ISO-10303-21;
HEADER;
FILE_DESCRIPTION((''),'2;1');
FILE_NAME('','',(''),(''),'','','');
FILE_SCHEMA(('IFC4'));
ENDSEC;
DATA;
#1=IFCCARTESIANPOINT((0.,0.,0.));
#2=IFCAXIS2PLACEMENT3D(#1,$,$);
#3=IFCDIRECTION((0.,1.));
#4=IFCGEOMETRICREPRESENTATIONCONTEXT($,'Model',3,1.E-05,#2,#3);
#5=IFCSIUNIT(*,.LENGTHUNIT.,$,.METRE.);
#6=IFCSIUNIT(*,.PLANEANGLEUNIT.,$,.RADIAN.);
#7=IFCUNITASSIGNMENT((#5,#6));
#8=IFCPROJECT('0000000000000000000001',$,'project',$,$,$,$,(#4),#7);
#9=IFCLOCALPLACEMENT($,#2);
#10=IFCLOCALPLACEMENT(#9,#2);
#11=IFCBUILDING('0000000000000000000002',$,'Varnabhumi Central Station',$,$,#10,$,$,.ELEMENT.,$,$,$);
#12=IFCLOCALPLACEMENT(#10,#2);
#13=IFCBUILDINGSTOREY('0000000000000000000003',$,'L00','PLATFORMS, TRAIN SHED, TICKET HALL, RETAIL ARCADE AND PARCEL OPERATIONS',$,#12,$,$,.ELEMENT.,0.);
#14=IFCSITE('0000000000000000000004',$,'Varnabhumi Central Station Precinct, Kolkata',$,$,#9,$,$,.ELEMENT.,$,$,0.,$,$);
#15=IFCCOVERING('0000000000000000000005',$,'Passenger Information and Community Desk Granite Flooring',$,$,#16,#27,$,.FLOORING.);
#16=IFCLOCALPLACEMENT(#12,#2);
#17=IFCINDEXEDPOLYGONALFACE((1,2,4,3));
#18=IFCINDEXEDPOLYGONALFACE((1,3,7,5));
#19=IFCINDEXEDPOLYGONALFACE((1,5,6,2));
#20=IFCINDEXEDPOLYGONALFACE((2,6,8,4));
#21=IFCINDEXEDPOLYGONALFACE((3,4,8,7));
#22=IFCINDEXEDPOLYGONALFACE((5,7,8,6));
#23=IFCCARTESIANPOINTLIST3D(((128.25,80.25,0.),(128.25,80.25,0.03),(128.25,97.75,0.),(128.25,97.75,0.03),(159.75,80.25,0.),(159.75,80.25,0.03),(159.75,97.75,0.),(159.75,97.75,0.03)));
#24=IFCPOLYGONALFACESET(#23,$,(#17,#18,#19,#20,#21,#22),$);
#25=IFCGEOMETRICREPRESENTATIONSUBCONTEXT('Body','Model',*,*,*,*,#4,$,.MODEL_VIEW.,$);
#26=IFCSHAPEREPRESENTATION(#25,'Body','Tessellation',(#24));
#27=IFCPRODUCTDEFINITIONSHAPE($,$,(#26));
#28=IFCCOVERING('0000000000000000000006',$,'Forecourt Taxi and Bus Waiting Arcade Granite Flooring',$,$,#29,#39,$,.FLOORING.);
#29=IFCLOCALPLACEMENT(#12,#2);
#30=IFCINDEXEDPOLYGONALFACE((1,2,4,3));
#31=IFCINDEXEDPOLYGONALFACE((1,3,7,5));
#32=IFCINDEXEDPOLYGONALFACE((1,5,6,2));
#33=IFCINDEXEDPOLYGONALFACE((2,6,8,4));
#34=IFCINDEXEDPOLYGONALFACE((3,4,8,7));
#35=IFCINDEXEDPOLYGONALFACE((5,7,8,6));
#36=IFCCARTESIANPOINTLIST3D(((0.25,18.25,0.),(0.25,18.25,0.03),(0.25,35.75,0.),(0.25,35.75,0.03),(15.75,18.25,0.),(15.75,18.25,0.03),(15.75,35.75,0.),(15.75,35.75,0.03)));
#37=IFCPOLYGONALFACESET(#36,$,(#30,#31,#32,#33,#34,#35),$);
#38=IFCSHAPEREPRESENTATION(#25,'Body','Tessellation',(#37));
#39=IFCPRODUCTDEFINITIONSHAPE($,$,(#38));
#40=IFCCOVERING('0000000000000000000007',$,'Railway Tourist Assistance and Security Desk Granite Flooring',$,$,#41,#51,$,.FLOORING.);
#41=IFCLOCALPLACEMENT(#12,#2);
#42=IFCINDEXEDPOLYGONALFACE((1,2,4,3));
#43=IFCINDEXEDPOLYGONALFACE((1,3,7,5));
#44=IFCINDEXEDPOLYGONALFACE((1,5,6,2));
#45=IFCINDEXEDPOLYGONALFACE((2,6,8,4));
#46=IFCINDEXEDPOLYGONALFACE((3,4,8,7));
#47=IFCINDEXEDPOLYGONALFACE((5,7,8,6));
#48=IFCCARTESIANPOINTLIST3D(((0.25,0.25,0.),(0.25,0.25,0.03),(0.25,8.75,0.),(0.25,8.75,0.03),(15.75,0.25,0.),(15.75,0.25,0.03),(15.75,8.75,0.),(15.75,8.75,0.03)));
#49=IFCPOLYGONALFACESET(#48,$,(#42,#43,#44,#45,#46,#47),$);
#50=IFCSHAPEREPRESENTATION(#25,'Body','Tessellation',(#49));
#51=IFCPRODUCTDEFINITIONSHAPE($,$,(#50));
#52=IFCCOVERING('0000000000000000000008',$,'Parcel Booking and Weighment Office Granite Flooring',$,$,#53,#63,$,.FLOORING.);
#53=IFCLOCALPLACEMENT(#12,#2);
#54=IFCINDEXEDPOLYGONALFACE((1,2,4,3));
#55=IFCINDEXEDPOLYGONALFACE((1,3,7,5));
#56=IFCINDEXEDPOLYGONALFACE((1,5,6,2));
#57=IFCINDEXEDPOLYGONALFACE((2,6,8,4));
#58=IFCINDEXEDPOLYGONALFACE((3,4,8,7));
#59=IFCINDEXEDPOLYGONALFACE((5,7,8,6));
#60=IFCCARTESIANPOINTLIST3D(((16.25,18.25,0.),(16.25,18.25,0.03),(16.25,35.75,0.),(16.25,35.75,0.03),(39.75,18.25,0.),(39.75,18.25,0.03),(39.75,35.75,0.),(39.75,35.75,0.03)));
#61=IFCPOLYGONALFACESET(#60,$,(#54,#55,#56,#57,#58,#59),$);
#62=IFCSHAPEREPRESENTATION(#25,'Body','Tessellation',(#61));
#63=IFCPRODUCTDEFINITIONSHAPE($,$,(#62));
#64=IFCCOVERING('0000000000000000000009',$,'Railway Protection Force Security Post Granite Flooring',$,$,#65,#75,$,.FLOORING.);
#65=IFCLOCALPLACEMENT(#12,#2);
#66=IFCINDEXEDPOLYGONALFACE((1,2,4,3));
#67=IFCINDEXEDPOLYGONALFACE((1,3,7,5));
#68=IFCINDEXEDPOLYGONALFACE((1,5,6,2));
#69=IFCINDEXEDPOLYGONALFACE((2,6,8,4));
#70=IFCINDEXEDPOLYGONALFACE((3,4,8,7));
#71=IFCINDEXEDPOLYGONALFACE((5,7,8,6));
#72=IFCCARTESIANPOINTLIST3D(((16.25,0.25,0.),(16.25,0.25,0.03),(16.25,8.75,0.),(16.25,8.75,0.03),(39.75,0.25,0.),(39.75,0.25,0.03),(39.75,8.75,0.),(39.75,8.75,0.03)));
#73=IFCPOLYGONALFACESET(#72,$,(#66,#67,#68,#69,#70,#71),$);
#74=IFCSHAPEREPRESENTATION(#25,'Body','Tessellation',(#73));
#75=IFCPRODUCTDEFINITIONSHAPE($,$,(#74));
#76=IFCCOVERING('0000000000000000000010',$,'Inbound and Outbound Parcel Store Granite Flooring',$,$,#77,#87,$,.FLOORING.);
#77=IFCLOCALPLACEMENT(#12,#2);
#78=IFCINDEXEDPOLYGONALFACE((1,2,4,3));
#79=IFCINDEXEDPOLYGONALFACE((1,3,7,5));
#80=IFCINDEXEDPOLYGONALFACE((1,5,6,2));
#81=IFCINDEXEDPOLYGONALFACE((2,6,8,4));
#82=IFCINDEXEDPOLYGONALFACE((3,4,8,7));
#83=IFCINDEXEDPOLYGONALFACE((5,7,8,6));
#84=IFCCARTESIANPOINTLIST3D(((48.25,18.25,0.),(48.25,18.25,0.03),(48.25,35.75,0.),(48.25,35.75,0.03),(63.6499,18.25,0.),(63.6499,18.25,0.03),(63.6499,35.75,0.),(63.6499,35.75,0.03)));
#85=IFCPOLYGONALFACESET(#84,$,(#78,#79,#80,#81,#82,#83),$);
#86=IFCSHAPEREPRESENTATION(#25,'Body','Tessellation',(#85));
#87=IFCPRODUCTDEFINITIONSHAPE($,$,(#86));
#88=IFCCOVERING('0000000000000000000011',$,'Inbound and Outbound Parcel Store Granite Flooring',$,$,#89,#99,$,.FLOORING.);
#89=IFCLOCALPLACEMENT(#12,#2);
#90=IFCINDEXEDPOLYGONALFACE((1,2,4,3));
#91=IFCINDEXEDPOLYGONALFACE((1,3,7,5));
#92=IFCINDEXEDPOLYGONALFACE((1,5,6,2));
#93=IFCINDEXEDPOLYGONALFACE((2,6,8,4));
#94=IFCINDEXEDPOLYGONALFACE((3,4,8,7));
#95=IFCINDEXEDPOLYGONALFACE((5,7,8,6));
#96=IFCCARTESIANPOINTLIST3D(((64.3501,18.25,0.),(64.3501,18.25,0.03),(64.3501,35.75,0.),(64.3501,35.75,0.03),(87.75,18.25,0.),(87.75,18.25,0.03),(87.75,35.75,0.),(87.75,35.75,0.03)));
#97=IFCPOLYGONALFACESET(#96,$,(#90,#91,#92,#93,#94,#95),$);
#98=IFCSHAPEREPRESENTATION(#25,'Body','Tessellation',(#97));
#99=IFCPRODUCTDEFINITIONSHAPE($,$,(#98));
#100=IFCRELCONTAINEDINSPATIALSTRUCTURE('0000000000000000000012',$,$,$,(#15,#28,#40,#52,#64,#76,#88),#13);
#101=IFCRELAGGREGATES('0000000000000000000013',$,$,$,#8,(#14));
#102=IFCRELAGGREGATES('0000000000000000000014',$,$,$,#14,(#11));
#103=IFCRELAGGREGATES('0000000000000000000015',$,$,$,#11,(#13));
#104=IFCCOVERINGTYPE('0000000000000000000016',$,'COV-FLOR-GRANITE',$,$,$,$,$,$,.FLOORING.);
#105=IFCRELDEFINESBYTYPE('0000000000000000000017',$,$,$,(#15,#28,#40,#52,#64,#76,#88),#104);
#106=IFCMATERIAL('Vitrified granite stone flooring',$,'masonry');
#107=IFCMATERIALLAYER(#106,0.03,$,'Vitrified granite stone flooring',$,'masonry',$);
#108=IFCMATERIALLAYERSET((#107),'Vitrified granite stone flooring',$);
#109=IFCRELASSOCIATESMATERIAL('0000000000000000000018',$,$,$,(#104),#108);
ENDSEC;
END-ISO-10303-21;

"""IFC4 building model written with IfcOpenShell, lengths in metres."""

from ifc_helpers import new_model, si_unit, direction, origin, place, context, subcontext, project, spatial, polyline, outline, extrude, material, layer, layer_set, type_object, element, save


model = new_model("IFC4")

# Units and contexts
model_context = context("Model", 3, precision=1e-05, world=origin(), true_north=direction((0.0, 1.0)))
body_context = subcontext(model_context, "Body", "Model", "MODEL_VIEW")
ifc_project = project(units=[si_unit("LENGTHUNIT", "METRE"), si_unit("PLANEANGLEUNIT", "RADIAN")], contexts=[model_context])

# Site, building, storey
site_placement = place(None, origin())
site = spatial("IfcSite", under=ifc_project, at=site_placement, Name="Varnabhumi Central Station Precinct, Kolkata", CompositionType="ELEMENT", RefElevation=0.0)
building_placement = place(site_placement, origin())
building = spatial("IfcBuilding", under=site, at=building_placement, Name="Varnabhumi Central Station", CompositionType="ELEMENT")
storey_placement = place(building_placement, origin())
storey = spatial("IfcBuildingStorey", under=building, at=storey_placement, Name="L00", Description="PLATFORMS, TRAIN SHED, TICKET HALL, RETAIL ARCADE AND PARCEL OPERATIONS", CompositionType="ELEMENT", Elevation=0.0)

# Coverings
ifc_material_1 = material(Name="Vitrified granite stone flooring", Category="masonry")
ifc_layer_1 = layer(ifc_material_1, 0.03, Name="Vitrified granite stone flooring", Category="masonry")
ifc_layer_set_1 = layer_set([ifc_layer_1], Name="Vitrified granite stone flooring")
covering_type_1 = type_object("IfcCoveringType", Name="COV-FLOR-GRANITE", PredefinedType="FLOORING", material=ifc_layer_set_1)
covering_1_placement = place(storey_placement, origin())
element("IfcCovering", 1, at=covering_1_placement, inside=storey, type_object=covering_type_1, Name="Passenger Information and Community Desk Granite Flooring", PredefinedType="FLOORING", context=body_context, shape_type="SweptSolid", body=[
    extrude(outline(polyline([(128.25, 80.25), (159.75, 80.25), (159.75, 97.75), (128.25, 97.75), (128.25, 80.25)])), origin(), (0.0, 0.0, 1.0), 0.03),
])
covering_2_placement = place(storey_placement, origin())
element("IfcCovering", 2, at=covering_2_placement, inside=storey, type_object=covering_type_1, Name="Forecourt Taxi and Bus Waiting Arcade Granite Flooring", PredefinedType="FLOORING", context=body_context, shape_type="SweptSolid", body=[
    extrude(outline(polyline([(0.25, 18.25), (15.75, 18.25), (15.75, 35.75), (0.25, 35.75), (0.25, 18.25)])), origin(), (0.0, 0.0, 1.0), 0.03),
])
covering_3_placement = place(storey_placement, origin())
element("IfcCovering", 3, at=covering_3_placement, inside=storey, type_object=covering_type_1, Name="Railway Tourist Assistance and Security Desk Granite Flooring", PredefinedType="FLOORING", context=body_context, shape_type="SweptSolid", body=[
    extrude(outline(polyline([(0.25, 0.25), (15.75, 0.25), (15.75, 8.75), (0.25, 8.75), (0.25, 0.25)])), origin(), (0.0, 0.0, 1.0), 0.03),
])
covering_4_placement = place(storey_placement, origin())
element("IfcCovering", 4, at=covering_4_placement, inside=storey, type_object=covering_type_1, Name="Parcel Booking and Weighment Office Granite Flooring", PredefinedType="FLOORING", context=body_context, shape_type="SweptSolid", body=[
    extrude(outline(polyline([(16.25, 18.25), (39.75, 18.25), (39.75, 35.75), (16.25, 35.75), (16.25, 18.25)])), origin(), (0.0, 0.0, 1.0), 0.03),
])
covering_5_placement = place(storey_placement, origin())
element("IfcCovering", 5, at=covering_5_placement, inside=storey, type_object=covering_type_1, Name="Railway Protection Force Security Post Granite Flooring", PredefinedType="FLOORING", context=body_context, shape_type="SweptSolid", body=[
    extrude(outline(polyline([(16.25, 0.25), (39.75, 0.25), (39.75, 8.75), (16.25, 8.75), (16.25, 0.25)])), origin(), (0.0, 0.0, 1.0), 0.03),
])
covering_6_placement = place(storey_placement, origin())
element("IfcCovering", 6, at=covering_6_placement, inside=storey, type_object=covering_type_1, Name="Inbound and Outbound Parcel Store Granite Flooring", PredefinedType="FLOORING", context=body_context, shape_type="SweptSolid", body=[
    extrude(outline(polyline([(48.25, 18.25), (63.6499, 18.25), (63.6499, 35.75), (48.25, 35.75), (48.25, 18.25)])), origin(), (0.0, 0.0, 1.0), 0.03),
])
covering_7_placement = place(storey_placement, origin())
element("IfcCovering", 7, at=covering_7_placement, inside=storey, type_object=covering_type_1, Name="Inbound and Outbound Parcel Store Granite Flooring", PredefinedType="FLOORING", context=body_context, shape_type="SweptSolid", body=[
    extrude(outline(polyline([(64.3501, 18.25), (87.75, 18.25), (87.75, 35.75), (64.3501, 35.75), (64.3501, 18.25)])), origin(), (0.0, 0.0, 1.0), 0.03),
])

save(model, "model.ifc")
